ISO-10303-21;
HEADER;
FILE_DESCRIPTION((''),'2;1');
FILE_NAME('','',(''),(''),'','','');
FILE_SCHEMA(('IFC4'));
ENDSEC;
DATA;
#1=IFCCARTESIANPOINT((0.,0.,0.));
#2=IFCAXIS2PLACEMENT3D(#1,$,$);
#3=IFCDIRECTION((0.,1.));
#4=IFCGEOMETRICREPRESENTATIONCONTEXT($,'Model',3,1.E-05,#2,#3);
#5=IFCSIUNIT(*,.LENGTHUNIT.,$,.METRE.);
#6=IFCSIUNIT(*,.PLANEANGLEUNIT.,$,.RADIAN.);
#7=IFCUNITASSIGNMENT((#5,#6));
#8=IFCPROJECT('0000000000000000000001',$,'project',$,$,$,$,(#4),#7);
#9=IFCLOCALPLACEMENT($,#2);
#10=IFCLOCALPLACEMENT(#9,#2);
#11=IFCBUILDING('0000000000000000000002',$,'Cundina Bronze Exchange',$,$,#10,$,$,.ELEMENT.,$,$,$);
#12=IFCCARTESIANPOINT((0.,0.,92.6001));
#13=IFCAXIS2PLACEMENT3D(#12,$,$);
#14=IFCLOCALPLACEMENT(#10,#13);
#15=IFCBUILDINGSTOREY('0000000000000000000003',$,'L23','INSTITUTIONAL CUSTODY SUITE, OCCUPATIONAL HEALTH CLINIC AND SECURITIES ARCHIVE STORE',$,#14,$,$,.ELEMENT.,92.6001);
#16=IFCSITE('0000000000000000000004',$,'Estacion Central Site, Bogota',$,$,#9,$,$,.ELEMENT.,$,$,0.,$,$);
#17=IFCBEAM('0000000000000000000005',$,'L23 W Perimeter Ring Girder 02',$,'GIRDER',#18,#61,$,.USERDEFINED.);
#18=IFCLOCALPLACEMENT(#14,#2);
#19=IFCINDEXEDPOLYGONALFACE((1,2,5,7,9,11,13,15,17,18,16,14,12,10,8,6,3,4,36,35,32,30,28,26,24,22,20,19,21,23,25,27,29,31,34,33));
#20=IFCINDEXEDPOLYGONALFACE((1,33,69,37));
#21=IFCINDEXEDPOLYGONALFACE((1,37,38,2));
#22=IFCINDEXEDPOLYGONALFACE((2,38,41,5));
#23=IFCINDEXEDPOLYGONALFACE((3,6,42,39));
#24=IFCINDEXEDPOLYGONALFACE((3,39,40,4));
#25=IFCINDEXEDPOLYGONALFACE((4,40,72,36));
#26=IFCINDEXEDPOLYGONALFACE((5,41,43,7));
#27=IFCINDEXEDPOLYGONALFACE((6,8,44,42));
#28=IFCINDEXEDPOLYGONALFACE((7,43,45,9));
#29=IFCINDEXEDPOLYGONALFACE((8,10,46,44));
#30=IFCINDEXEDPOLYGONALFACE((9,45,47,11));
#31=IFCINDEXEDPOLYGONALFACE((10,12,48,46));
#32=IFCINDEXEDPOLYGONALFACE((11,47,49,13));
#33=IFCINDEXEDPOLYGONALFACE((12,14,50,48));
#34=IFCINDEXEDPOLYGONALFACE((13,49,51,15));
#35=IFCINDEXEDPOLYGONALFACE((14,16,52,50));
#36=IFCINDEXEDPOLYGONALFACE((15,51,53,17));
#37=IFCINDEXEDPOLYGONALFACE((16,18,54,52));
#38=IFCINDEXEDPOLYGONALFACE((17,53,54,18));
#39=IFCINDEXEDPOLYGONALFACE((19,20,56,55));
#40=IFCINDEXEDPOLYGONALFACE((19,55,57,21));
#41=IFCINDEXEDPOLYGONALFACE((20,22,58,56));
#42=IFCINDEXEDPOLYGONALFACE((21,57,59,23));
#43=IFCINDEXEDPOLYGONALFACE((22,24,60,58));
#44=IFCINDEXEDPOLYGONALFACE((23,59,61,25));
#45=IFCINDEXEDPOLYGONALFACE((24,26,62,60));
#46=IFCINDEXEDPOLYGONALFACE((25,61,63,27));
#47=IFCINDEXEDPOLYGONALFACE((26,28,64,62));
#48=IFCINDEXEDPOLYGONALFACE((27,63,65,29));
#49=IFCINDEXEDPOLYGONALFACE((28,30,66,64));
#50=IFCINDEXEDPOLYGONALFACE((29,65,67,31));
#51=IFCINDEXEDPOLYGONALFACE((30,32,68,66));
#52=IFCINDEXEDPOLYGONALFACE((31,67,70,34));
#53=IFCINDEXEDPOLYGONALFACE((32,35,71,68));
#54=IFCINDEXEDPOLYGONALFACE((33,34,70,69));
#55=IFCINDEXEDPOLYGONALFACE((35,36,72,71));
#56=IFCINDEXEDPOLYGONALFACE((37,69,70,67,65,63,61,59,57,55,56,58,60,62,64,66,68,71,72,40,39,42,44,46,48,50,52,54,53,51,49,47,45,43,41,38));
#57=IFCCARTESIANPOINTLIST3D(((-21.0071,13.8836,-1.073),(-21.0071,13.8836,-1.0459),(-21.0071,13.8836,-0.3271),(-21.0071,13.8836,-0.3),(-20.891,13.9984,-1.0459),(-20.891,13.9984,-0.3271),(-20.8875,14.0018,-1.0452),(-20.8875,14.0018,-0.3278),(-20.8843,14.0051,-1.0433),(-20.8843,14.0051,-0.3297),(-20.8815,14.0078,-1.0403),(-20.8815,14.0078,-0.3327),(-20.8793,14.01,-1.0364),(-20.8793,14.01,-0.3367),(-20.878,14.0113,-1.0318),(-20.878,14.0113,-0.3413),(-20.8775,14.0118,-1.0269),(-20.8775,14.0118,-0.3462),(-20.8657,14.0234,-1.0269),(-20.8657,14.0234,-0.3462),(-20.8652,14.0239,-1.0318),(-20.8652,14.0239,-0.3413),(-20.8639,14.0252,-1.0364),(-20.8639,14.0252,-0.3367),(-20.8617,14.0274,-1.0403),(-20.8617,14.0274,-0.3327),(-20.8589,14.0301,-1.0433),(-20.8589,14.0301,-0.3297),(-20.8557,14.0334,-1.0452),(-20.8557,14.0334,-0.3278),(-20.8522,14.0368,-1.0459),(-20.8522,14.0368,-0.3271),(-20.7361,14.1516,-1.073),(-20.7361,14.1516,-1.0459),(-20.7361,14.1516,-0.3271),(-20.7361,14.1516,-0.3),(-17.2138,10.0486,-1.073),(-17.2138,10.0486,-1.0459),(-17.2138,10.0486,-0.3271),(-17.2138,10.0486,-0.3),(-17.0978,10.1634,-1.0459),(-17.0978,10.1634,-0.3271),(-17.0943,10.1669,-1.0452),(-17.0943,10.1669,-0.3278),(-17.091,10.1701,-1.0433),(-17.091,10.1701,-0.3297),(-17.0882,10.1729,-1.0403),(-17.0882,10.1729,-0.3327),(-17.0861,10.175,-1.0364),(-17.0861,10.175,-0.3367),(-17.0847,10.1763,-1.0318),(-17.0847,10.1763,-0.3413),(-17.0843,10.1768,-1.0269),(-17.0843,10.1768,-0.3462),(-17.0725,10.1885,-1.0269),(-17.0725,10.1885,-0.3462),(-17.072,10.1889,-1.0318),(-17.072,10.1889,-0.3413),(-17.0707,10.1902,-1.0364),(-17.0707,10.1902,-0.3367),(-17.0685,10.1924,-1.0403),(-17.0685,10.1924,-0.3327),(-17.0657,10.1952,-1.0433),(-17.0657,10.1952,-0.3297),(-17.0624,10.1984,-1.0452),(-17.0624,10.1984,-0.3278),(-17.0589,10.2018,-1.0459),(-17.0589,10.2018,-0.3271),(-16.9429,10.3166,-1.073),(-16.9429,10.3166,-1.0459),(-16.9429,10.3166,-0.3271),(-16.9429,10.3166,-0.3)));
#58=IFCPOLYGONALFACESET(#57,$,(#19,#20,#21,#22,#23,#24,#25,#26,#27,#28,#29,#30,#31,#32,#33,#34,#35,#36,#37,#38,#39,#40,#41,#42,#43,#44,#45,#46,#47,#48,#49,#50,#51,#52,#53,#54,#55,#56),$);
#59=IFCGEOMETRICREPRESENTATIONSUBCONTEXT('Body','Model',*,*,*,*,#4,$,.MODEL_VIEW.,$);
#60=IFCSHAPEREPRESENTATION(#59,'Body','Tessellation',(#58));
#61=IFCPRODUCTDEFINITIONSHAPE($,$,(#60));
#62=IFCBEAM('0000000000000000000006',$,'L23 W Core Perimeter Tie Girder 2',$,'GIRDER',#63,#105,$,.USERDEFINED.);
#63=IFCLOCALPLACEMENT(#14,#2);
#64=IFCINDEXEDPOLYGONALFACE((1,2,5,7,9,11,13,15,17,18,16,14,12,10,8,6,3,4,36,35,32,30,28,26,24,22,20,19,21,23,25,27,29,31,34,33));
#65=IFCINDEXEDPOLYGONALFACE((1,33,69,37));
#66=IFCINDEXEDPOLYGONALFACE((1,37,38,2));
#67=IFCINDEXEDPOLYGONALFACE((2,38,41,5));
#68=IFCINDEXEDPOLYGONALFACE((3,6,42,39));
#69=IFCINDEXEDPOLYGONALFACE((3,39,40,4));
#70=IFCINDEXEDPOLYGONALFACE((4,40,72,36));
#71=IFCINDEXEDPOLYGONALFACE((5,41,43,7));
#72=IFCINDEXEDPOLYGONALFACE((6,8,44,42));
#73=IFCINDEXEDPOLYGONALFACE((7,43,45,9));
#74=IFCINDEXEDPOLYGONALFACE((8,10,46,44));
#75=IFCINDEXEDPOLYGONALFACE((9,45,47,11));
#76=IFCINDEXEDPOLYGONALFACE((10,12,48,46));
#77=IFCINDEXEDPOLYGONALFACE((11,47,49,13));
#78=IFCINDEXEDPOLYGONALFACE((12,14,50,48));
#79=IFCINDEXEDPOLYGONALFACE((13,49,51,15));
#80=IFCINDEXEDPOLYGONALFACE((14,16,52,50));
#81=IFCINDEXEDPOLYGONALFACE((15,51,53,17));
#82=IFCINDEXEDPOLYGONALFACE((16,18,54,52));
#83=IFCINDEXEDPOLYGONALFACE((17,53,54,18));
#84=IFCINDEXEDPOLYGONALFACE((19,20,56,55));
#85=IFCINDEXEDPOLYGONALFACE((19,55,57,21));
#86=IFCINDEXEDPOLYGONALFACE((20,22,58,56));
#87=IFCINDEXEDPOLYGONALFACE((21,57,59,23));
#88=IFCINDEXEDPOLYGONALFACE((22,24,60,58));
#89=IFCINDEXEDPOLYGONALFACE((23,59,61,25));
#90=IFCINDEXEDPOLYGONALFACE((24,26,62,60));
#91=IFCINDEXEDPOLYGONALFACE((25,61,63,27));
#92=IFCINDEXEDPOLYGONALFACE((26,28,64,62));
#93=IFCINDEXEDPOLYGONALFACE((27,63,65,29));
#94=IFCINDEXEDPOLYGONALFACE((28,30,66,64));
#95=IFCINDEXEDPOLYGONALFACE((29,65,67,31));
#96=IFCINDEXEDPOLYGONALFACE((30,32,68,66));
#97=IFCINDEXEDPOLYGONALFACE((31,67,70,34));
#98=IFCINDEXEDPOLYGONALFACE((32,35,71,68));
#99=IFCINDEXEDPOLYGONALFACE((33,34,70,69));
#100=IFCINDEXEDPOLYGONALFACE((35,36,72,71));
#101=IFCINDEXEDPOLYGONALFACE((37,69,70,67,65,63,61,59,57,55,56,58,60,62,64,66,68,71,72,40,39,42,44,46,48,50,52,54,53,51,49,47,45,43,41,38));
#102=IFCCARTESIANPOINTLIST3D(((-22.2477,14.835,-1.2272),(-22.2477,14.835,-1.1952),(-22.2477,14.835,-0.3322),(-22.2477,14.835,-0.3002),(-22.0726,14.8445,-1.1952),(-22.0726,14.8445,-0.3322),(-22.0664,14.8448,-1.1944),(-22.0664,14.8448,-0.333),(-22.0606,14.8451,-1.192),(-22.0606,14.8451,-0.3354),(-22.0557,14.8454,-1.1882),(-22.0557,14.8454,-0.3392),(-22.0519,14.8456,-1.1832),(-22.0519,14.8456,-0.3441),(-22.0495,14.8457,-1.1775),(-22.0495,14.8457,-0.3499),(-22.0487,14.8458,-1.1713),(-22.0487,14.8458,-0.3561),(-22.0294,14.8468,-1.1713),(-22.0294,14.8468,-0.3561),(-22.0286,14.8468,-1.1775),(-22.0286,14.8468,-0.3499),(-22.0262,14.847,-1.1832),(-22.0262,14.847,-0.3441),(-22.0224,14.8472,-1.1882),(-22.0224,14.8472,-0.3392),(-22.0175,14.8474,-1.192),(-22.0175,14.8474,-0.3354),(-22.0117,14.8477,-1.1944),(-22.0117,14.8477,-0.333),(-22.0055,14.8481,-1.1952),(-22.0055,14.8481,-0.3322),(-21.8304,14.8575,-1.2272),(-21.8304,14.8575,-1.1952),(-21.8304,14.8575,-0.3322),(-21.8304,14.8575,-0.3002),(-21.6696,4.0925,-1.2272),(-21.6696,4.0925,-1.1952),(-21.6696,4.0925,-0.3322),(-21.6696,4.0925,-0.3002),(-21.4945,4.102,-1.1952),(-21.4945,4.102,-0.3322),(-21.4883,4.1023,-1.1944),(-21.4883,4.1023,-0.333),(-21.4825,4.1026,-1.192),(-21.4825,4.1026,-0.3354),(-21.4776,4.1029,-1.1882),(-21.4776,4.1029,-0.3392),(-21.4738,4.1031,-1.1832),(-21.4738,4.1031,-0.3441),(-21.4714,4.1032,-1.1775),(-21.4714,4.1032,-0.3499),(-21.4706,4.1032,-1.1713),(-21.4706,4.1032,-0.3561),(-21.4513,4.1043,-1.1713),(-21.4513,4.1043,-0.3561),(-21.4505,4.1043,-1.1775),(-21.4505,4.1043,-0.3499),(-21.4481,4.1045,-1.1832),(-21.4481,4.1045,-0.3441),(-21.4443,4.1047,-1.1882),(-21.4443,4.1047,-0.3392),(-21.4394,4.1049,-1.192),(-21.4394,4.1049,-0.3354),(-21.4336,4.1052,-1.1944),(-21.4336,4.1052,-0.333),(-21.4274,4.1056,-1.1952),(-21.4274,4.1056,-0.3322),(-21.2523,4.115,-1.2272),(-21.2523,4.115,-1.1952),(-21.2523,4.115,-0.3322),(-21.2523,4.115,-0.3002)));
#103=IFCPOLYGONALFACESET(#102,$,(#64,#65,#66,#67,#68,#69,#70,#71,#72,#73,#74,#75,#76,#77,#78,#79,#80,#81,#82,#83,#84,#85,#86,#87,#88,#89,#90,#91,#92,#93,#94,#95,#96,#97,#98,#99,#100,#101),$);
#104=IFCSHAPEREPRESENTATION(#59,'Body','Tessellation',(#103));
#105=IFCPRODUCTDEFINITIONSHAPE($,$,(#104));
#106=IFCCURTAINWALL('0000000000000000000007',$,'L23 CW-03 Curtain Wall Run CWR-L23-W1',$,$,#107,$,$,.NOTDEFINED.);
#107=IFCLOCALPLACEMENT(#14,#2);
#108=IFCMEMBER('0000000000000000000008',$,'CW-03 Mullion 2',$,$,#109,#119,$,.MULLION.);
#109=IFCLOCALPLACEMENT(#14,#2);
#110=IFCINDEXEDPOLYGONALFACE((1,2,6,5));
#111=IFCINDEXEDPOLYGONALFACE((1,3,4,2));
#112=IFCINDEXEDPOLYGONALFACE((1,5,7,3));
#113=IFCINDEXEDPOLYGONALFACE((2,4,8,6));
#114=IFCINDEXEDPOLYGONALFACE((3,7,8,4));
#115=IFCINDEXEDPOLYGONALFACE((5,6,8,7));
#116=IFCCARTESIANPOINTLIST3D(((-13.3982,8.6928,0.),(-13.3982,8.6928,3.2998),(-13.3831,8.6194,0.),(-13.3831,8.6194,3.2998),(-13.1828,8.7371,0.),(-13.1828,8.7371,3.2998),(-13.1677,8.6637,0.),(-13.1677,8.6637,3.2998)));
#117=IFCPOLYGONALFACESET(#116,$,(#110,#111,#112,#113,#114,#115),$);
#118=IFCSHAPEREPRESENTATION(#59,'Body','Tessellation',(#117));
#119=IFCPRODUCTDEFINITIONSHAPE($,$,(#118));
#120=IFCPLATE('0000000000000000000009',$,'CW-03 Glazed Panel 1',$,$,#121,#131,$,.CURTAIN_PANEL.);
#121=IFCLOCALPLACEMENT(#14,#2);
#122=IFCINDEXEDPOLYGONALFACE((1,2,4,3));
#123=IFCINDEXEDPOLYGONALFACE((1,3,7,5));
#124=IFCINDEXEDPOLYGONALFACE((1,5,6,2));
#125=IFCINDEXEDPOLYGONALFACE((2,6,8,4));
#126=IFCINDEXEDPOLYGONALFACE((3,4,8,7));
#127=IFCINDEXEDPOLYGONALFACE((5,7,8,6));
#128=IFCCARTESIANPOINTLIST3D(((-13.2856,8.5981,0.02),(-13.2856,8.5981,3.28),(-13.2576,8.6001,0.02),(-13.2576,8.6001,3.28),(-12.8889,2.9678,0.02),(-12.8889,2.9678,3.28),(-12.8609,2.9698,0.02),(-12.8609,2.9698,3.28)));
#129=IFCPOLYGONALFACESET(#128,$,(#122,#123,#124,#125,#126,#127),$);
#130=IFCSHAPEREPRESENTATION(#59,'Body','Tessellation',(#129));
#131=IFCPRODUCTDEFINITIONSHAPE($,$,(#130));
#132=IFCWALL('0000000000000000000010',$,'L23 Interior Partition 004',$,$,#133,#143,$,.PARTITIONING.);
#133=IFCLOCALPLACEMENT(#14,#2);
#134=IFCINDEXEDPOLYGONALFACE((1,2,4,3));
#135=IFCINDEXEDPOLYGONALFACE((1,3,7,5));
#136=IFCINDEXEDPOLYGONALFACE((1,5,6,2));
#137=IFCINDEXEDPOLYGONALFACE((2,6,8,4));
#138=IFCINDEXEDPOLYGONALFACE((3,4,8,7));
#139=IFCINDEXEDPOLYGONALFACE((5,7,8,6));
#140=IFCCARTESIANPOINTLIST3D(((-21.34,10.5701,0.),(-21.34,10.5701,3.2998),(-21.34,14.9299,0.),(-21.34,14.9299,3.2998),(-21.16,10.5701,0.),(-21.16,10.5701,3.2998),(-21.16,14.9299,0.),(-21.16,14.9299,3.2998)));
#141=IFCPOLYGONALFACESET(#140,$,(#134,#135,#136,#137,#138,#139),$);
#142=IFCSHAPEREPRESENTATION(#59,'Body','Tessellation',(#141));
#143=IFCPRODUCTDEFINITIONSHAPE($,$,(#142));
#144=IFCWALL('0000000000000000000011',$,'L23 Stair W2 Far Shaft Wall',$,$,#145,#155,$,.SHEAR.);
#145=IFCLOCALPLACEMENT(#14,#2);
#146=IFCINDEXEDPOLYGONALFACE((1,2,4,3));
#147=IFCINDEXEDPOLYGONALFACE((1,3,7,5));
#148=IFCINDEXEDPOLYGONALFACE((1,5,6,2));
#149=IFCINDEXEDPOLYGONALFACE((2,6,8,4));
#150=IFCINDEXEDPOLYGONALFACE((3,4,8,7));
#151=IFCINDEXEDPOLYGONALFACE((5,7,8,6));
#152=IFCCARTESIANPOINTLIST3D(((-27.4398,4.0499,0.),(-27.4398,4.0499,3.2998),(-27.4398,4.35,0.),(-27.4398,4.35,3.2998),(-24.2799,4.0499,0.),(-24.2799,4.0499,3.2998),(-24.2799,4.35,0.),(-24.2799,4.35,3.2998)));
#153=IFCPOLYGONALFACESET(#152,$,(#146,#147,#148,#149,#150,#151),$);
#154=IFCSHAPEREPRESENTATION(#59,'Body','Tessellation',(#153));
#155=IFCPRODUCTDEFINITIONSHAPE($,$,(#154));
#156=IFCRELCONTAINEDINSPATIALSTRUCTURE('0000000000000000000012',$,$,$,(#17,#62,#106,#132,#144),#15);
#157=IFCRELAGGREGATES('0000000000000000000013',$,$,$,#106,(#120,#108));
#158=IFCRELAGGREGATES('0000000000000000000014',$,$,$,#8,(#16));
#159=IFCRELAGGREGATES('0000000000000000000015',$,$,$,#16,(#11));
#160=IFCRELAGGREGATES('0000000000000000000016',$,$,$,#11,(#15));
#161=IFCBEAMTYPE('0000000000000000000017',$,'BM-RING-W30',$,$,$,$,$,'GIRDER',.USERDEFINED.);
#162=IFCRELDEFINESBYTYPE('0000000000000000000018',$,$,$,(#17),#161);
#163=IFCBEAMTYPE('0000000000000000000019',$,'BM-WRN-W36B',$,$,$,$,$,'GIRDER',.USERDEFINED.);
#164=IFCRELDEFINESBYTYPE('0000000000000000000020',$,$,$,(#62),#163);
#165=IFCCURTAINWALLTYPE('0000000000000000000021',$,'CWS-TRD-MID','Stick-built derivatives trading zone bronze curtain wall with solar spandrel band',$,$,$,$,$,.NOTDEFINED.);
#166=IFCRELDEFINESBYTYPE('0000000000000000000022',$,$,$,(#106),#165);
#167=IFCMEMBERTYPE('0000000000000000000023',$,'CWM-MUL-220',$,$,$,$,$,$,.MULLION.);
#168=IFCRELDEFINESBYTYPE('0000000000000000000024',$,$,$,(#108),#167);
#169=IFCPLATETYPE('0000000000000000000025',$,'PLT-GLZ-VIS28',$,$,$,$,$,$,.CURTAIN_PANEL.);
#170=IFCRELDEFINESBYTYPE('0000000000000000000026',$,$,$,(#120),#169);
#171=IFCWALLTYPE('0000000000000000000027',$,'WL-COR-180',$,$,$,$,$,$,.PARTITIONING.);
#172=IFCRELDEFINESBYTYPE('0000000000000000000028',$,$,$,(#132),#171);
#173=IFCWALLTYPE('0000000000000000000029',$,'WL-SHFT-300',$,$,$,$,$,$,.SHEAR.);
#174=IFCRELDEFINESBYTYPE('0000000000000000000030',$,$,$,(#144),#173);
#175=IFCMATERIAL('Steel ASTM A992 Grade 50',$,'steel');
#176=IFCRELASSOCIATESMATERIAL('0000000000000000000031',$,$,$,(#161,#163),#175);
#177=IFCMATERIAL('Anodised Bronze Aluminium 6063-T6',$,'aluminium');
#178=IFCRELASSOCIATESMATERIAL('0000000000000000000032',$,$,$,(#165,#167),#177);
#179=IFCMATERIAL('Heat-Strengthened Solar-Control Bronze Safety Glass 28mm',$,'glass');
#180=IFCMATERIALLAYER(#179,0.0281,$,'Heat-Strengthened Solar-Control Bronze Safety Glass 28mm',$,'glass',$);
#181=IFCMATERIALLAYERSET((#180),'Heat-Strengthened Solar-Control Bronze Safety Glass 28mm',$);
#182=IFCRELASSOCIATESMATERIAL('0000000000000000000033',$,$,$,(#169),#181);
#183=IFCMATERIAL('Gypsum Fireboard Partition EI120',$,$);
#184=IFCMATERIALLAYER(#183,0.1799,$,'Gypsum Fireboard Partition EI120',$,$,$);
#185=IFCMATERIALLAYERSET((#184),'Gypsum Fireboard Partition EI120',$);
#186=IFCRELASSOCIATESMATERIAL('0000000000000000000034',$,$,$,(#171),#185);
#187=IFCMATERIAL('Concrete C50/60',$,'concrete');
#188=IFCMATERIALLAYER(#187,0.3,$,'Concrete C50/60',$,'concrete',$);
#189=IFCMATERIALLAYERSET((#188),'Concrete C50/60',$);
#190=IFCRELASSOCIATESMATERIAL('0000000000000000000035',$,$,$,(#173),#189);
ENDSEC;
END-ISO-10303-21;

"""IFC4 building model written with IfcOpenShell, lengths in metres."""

from ifc_helpers import new_model, si_unit, direction, frame, frame_2d, origin, origin_2d, place, context, subcontext, project, spatial, rectangle, i_section, extrude, material, layer, layer_set, material_profile, profile_set, type_object, element, aggregate, save


model = new_model("IFC4")

# Units and contexts
model_context = context("Model", 3, precision=1e-05, world=origin(), true_north=direction((0.0, 1.0)))
body_context = subcontext(model_context, "Body", "Model", "MODEL_VIEW")
ifc_project = project(units=[si_unit("LENGTHUNIT", "METRE"), si_unit("PLANEANGLEUNIT", "RADIAN")], contexts=[model_context])

# Site, building, storey
site_placement = place(None, origin())
site = spatial("IfcSite", under=ifc_project, at=site_placement, Name="Estacion Central Site, Bogota", CompositionType="ELEMENT", RefElevation=0.0)
building_placement = place(site_placement, origin())
building = spatial("IfcBuilding", under=site, at=building_placement, Name="Cundina Bronze Exchange", CompositionType="ELEMENT")
storey_placement = place(building_placement, frame((0.0, 0.0, 92.6001)))
storey = spatial("IfcBuildingStorey", under=building, at=storey_placement, Name="L23", Description="INSTITUTIONAL CUSTODY SUITE, OCCUPATIONAL HEALTH CLINIC AND SECURITIES ARCHIVE STORE", CompositionType="ELEMENT", Elevation=92.6001)

# Beams
ifc_material_1 = material(Name="Steel ASTM A992 Grade 50", Category="steel")
ifc_material_profile_1 = material_profile(ifc_material_1, i_section(OverallWidth=0.3811, OverallDepth=0.7729, WebThickness=0.0166, FlangeThickness=0.0271, FilletRadius=0.019, at=origin_2d()), Name="W30X173", Category="steel")
ifc_profile_set_1 = profile_set([ifc_material_profile_1], Name="Steel ASTM A992 Grade 50")
beam_type_1 = type_object("IfcBeamType", Name="BM-RING-W30", ElementType="GIRDER", PredefinedType="USERDEFINED", material=ifc_profile_set_1)
beam_1_placement = place(storey_placement, frame((-17.0784, 10.1826, -0.6865), z_axis=(-0.703226, 0.710966, 0.0), x_axis=(-0.710966, -0.703226, 0.0)))
element("IfcBeam", 1, at=beam_1_placement, inside=storey, type_object=beam_type_1, Name="L23 W Perimeter Ring Girder 02", ObjectType="GIRDER", PredefinedType="USERDEFINED", context=body_context, shape_type="SweptSolid", body=[
    extrude(i_section(OverallWidth=0.3811, OverallDepth=0.7729, WebThickness=0.0166, FlangeThickness=0.0271, FilletRadius=0.019, at=origin_2d()), origin(), (0.0, 0.0, 1.0), 5.394),
])
ifc_material_profile_2 = material_profile(ifc_material_1, i_section(OverallWidth=0.418, OverallDepth=0.927, WebThickness=0.0193, FlangeThickness=0.032, FilletRadius=0.0239, at=origin_2d()), Name="W36X231", Category="steel")
ifc_profile_set_2 = profile_set([ifc_material_profile_2], Name="Steel ASTM A992 Grade 50")
beam_type_2 = type_object("IfcBeamType", Name="BM-WRN-W36B", ElementType="GIRDER", PredefinedType="USERDEFINED", material=ifc_profile_set_2)
beam_2_placement = place(storey_placement, frame((-21.4609, 4.1038, -0.7637), z_axis=(-0.053739, 0.998555, 0.0), x_axis=(-0.998555, -0.053739, 0.0)))
element("IfcBeam", 2, at=beam_2_placement, inside=storey, type_object=beam_type_2, Name="L23 W Core Perimeter Tie Girder 2", ObjectType="GIRDER", PredefinedType="USERDEFINED", context=body_context, shape_type="SweptSolid", body=[
    extrude(i_section(OverallWidth=0.418, OverallDepth=0.927, WebThickness=0.0193, FlangeThickness=0.032, FilletRadius=0.0239, at=origin_2d()), origin(), (0.0, 0.0, 1.0), 10.7581),
])

# Curtain wall, member, plate
ifc_material_2 = material(Name="Anodised Bronze Aluminium 6063-T6", Category="aluminium")
curtain_wall_type = type_object("IfcCurtainWallType", Name="CWS-TRD-MID", Description="Stick-built derivatives trading zone bronze curtain wall with solar spandrel band", PredefinedType="NOTDEFINED", material=ifc_material_2)
curtain_wall_placement = place(storey_placement, origin())
curtain_wall = element("IfcCurtainWall", 3, at=curtain_wall_placement, inside=storey, type_object=curtain_wall_type, Name="L23 CW-03 Curtain Wall Run CWR-L23-W1", PredefinedType="NOTDEFINED")
ifc_material_profile_3 = material_profile(ifc_material_2, rectangle(XDim=0.075, YDim=0.22, at=origin_2d()), Name="AL75X220", Category="aluminium")
ifc_profile_set_3 = profile_set([ifc_material_profile_3], Name="Anodised Bronze Aluminium 6063-T6")
member_type = type_object("IfcMemberType", Name="CWM-MUL-220", PredefinedType="MULLION", material=ifc_profile_set_3)
member_placement = place(storey_placement, frame((-13.283, 8.6782, 0.0), z_axis=(0.0, 0.0, 1.0), x_axis=(-0.20142, 0.979505, 0.0)))
member = element("IfcMember", 4, at=member_placement, type_object=member_type, Name="CW-03 Mullion 2", PredefinedType="MULLION", context=body_context, shape_type="SweptSolid", body=[
    extrude(rectangle(XDim=0.075, YDim=0.22, at=origin_2d()), origin(), (0.0, 0.0, 1.0), 3.2998),
])
ifc_material_3 = material(Name="Heat-Strengthened Solar-Control Bronze Safety Glass 28mm", Category="glass")
ifc_layer_1 = layer(ifc_material_3, 0.0281, Name="Heat-Strengthened Solar-Control Bronze Safety Glass 28mm", Category="glass")
ifc_layer_set_1 = layer_set([ifc_layer_1], Name="Heat-Strengthened Solar-Control Bronze Safety Glass 28mm")
plate_type = type_object("IfcPlateType", Name="PLT-GLZ-VIS28", PredefinedType="CURTAIN_PANEL", material=ifc_layer_set_1)
plate_placement = place(storey_placement, frame((-13.0732, 5.7839, 0.02), z_axis=(0.0, 0.0, 1.0), x_axis=(-0.070279, 0.997527, 0.0)))
plate = element("IfcPlate", 5, at=plate_placement, type_object=plate_type, Name="CW-03 Glazed Panel 1", PredefinedType="CURTAIN_PANEL", context=body_context, shape_type="SweptSolid", body=[
    extrude(rectangle(XDim=5.6443, YDim=0.0281, at=origin_2d()), origin(), (0.0, 0.0, 1.0), 3.26),
])
aggregate(curtain_wall, [plate, member])

# Walls
ifc_material_4 = material(Name="Gypsum Fireboard Partition EI120")
ifc_layer_2 = layer(ifc_material_4, 0.1799, Name="Gypsum Fireboard Partition EI120")
ifc_layer_set_2 = layer_set([ifc_layer_2], Name="Gypsum Fireboard Partition EI120")
wall_type_1 = type_object("IfcWallType", Name="WL-COR-180", PredefinedType="PARTITIONING", material=ifc_layer_set_2)
wall_1_placement = place(storey_placement, frame((-21.25, 10.5701, 0.0), z_axis=(0.0, 0.0, 1.0), x_axis=(0.0, 1.0, 0.0)))
element("IfcWall", 6, at=wall_1_placement, inside=storey, type_object=wall_type_1, Name="L23 Interior Partition 004", PredefinedType="PARTITIONING", context=body_context, shape_type="SweptSolid", body=[
    extrude(rectangle(XDim=4.3599, YDim=0.1799, at=frame_2d((2.1799, 0.0))), origin(), (0.0, 0.0, 1.0), 3.2998),
])
ifc_material_5 = material(Name="Concrete C50/60", Category="concrete")
ifc_layer_3 = layer(ifc_material_5, 0.3, Name="Concrete C50/60", Category="concrete")
ifc_layer_set_3 = layer_set([ifc_layer_3], Name="Concrete C50/60")
wall_type_2 = type_object("IfcWallType", Name="WL-SHFT-300", PredefinedType="SHEAR", material=ifc_layer_set_3)
wall_2_placement = place(storey_placement, frame((-27.4399, 4.2, 0.0), z_axis=(0.0, 0.0, 1.0), x_axis=(1.0, 0.0, 0.0)))
element("IfcWall", 7, at=wall_2_placement, inside=storey, type_object=wall_type_2, Name="L23 Stair W2 Far Shaft Wall", PredefinedType="SHEAR", context=body_context, shape_type="SweptSolid", body=[
    extrude(rectangle(XDim=3.1599, YDim=0.3, at=frame_2d((1.5801, 0.0))), origin(), (0.0, 0.0, 1.0), 3.2998),
])

save(model, "model.ifc")
